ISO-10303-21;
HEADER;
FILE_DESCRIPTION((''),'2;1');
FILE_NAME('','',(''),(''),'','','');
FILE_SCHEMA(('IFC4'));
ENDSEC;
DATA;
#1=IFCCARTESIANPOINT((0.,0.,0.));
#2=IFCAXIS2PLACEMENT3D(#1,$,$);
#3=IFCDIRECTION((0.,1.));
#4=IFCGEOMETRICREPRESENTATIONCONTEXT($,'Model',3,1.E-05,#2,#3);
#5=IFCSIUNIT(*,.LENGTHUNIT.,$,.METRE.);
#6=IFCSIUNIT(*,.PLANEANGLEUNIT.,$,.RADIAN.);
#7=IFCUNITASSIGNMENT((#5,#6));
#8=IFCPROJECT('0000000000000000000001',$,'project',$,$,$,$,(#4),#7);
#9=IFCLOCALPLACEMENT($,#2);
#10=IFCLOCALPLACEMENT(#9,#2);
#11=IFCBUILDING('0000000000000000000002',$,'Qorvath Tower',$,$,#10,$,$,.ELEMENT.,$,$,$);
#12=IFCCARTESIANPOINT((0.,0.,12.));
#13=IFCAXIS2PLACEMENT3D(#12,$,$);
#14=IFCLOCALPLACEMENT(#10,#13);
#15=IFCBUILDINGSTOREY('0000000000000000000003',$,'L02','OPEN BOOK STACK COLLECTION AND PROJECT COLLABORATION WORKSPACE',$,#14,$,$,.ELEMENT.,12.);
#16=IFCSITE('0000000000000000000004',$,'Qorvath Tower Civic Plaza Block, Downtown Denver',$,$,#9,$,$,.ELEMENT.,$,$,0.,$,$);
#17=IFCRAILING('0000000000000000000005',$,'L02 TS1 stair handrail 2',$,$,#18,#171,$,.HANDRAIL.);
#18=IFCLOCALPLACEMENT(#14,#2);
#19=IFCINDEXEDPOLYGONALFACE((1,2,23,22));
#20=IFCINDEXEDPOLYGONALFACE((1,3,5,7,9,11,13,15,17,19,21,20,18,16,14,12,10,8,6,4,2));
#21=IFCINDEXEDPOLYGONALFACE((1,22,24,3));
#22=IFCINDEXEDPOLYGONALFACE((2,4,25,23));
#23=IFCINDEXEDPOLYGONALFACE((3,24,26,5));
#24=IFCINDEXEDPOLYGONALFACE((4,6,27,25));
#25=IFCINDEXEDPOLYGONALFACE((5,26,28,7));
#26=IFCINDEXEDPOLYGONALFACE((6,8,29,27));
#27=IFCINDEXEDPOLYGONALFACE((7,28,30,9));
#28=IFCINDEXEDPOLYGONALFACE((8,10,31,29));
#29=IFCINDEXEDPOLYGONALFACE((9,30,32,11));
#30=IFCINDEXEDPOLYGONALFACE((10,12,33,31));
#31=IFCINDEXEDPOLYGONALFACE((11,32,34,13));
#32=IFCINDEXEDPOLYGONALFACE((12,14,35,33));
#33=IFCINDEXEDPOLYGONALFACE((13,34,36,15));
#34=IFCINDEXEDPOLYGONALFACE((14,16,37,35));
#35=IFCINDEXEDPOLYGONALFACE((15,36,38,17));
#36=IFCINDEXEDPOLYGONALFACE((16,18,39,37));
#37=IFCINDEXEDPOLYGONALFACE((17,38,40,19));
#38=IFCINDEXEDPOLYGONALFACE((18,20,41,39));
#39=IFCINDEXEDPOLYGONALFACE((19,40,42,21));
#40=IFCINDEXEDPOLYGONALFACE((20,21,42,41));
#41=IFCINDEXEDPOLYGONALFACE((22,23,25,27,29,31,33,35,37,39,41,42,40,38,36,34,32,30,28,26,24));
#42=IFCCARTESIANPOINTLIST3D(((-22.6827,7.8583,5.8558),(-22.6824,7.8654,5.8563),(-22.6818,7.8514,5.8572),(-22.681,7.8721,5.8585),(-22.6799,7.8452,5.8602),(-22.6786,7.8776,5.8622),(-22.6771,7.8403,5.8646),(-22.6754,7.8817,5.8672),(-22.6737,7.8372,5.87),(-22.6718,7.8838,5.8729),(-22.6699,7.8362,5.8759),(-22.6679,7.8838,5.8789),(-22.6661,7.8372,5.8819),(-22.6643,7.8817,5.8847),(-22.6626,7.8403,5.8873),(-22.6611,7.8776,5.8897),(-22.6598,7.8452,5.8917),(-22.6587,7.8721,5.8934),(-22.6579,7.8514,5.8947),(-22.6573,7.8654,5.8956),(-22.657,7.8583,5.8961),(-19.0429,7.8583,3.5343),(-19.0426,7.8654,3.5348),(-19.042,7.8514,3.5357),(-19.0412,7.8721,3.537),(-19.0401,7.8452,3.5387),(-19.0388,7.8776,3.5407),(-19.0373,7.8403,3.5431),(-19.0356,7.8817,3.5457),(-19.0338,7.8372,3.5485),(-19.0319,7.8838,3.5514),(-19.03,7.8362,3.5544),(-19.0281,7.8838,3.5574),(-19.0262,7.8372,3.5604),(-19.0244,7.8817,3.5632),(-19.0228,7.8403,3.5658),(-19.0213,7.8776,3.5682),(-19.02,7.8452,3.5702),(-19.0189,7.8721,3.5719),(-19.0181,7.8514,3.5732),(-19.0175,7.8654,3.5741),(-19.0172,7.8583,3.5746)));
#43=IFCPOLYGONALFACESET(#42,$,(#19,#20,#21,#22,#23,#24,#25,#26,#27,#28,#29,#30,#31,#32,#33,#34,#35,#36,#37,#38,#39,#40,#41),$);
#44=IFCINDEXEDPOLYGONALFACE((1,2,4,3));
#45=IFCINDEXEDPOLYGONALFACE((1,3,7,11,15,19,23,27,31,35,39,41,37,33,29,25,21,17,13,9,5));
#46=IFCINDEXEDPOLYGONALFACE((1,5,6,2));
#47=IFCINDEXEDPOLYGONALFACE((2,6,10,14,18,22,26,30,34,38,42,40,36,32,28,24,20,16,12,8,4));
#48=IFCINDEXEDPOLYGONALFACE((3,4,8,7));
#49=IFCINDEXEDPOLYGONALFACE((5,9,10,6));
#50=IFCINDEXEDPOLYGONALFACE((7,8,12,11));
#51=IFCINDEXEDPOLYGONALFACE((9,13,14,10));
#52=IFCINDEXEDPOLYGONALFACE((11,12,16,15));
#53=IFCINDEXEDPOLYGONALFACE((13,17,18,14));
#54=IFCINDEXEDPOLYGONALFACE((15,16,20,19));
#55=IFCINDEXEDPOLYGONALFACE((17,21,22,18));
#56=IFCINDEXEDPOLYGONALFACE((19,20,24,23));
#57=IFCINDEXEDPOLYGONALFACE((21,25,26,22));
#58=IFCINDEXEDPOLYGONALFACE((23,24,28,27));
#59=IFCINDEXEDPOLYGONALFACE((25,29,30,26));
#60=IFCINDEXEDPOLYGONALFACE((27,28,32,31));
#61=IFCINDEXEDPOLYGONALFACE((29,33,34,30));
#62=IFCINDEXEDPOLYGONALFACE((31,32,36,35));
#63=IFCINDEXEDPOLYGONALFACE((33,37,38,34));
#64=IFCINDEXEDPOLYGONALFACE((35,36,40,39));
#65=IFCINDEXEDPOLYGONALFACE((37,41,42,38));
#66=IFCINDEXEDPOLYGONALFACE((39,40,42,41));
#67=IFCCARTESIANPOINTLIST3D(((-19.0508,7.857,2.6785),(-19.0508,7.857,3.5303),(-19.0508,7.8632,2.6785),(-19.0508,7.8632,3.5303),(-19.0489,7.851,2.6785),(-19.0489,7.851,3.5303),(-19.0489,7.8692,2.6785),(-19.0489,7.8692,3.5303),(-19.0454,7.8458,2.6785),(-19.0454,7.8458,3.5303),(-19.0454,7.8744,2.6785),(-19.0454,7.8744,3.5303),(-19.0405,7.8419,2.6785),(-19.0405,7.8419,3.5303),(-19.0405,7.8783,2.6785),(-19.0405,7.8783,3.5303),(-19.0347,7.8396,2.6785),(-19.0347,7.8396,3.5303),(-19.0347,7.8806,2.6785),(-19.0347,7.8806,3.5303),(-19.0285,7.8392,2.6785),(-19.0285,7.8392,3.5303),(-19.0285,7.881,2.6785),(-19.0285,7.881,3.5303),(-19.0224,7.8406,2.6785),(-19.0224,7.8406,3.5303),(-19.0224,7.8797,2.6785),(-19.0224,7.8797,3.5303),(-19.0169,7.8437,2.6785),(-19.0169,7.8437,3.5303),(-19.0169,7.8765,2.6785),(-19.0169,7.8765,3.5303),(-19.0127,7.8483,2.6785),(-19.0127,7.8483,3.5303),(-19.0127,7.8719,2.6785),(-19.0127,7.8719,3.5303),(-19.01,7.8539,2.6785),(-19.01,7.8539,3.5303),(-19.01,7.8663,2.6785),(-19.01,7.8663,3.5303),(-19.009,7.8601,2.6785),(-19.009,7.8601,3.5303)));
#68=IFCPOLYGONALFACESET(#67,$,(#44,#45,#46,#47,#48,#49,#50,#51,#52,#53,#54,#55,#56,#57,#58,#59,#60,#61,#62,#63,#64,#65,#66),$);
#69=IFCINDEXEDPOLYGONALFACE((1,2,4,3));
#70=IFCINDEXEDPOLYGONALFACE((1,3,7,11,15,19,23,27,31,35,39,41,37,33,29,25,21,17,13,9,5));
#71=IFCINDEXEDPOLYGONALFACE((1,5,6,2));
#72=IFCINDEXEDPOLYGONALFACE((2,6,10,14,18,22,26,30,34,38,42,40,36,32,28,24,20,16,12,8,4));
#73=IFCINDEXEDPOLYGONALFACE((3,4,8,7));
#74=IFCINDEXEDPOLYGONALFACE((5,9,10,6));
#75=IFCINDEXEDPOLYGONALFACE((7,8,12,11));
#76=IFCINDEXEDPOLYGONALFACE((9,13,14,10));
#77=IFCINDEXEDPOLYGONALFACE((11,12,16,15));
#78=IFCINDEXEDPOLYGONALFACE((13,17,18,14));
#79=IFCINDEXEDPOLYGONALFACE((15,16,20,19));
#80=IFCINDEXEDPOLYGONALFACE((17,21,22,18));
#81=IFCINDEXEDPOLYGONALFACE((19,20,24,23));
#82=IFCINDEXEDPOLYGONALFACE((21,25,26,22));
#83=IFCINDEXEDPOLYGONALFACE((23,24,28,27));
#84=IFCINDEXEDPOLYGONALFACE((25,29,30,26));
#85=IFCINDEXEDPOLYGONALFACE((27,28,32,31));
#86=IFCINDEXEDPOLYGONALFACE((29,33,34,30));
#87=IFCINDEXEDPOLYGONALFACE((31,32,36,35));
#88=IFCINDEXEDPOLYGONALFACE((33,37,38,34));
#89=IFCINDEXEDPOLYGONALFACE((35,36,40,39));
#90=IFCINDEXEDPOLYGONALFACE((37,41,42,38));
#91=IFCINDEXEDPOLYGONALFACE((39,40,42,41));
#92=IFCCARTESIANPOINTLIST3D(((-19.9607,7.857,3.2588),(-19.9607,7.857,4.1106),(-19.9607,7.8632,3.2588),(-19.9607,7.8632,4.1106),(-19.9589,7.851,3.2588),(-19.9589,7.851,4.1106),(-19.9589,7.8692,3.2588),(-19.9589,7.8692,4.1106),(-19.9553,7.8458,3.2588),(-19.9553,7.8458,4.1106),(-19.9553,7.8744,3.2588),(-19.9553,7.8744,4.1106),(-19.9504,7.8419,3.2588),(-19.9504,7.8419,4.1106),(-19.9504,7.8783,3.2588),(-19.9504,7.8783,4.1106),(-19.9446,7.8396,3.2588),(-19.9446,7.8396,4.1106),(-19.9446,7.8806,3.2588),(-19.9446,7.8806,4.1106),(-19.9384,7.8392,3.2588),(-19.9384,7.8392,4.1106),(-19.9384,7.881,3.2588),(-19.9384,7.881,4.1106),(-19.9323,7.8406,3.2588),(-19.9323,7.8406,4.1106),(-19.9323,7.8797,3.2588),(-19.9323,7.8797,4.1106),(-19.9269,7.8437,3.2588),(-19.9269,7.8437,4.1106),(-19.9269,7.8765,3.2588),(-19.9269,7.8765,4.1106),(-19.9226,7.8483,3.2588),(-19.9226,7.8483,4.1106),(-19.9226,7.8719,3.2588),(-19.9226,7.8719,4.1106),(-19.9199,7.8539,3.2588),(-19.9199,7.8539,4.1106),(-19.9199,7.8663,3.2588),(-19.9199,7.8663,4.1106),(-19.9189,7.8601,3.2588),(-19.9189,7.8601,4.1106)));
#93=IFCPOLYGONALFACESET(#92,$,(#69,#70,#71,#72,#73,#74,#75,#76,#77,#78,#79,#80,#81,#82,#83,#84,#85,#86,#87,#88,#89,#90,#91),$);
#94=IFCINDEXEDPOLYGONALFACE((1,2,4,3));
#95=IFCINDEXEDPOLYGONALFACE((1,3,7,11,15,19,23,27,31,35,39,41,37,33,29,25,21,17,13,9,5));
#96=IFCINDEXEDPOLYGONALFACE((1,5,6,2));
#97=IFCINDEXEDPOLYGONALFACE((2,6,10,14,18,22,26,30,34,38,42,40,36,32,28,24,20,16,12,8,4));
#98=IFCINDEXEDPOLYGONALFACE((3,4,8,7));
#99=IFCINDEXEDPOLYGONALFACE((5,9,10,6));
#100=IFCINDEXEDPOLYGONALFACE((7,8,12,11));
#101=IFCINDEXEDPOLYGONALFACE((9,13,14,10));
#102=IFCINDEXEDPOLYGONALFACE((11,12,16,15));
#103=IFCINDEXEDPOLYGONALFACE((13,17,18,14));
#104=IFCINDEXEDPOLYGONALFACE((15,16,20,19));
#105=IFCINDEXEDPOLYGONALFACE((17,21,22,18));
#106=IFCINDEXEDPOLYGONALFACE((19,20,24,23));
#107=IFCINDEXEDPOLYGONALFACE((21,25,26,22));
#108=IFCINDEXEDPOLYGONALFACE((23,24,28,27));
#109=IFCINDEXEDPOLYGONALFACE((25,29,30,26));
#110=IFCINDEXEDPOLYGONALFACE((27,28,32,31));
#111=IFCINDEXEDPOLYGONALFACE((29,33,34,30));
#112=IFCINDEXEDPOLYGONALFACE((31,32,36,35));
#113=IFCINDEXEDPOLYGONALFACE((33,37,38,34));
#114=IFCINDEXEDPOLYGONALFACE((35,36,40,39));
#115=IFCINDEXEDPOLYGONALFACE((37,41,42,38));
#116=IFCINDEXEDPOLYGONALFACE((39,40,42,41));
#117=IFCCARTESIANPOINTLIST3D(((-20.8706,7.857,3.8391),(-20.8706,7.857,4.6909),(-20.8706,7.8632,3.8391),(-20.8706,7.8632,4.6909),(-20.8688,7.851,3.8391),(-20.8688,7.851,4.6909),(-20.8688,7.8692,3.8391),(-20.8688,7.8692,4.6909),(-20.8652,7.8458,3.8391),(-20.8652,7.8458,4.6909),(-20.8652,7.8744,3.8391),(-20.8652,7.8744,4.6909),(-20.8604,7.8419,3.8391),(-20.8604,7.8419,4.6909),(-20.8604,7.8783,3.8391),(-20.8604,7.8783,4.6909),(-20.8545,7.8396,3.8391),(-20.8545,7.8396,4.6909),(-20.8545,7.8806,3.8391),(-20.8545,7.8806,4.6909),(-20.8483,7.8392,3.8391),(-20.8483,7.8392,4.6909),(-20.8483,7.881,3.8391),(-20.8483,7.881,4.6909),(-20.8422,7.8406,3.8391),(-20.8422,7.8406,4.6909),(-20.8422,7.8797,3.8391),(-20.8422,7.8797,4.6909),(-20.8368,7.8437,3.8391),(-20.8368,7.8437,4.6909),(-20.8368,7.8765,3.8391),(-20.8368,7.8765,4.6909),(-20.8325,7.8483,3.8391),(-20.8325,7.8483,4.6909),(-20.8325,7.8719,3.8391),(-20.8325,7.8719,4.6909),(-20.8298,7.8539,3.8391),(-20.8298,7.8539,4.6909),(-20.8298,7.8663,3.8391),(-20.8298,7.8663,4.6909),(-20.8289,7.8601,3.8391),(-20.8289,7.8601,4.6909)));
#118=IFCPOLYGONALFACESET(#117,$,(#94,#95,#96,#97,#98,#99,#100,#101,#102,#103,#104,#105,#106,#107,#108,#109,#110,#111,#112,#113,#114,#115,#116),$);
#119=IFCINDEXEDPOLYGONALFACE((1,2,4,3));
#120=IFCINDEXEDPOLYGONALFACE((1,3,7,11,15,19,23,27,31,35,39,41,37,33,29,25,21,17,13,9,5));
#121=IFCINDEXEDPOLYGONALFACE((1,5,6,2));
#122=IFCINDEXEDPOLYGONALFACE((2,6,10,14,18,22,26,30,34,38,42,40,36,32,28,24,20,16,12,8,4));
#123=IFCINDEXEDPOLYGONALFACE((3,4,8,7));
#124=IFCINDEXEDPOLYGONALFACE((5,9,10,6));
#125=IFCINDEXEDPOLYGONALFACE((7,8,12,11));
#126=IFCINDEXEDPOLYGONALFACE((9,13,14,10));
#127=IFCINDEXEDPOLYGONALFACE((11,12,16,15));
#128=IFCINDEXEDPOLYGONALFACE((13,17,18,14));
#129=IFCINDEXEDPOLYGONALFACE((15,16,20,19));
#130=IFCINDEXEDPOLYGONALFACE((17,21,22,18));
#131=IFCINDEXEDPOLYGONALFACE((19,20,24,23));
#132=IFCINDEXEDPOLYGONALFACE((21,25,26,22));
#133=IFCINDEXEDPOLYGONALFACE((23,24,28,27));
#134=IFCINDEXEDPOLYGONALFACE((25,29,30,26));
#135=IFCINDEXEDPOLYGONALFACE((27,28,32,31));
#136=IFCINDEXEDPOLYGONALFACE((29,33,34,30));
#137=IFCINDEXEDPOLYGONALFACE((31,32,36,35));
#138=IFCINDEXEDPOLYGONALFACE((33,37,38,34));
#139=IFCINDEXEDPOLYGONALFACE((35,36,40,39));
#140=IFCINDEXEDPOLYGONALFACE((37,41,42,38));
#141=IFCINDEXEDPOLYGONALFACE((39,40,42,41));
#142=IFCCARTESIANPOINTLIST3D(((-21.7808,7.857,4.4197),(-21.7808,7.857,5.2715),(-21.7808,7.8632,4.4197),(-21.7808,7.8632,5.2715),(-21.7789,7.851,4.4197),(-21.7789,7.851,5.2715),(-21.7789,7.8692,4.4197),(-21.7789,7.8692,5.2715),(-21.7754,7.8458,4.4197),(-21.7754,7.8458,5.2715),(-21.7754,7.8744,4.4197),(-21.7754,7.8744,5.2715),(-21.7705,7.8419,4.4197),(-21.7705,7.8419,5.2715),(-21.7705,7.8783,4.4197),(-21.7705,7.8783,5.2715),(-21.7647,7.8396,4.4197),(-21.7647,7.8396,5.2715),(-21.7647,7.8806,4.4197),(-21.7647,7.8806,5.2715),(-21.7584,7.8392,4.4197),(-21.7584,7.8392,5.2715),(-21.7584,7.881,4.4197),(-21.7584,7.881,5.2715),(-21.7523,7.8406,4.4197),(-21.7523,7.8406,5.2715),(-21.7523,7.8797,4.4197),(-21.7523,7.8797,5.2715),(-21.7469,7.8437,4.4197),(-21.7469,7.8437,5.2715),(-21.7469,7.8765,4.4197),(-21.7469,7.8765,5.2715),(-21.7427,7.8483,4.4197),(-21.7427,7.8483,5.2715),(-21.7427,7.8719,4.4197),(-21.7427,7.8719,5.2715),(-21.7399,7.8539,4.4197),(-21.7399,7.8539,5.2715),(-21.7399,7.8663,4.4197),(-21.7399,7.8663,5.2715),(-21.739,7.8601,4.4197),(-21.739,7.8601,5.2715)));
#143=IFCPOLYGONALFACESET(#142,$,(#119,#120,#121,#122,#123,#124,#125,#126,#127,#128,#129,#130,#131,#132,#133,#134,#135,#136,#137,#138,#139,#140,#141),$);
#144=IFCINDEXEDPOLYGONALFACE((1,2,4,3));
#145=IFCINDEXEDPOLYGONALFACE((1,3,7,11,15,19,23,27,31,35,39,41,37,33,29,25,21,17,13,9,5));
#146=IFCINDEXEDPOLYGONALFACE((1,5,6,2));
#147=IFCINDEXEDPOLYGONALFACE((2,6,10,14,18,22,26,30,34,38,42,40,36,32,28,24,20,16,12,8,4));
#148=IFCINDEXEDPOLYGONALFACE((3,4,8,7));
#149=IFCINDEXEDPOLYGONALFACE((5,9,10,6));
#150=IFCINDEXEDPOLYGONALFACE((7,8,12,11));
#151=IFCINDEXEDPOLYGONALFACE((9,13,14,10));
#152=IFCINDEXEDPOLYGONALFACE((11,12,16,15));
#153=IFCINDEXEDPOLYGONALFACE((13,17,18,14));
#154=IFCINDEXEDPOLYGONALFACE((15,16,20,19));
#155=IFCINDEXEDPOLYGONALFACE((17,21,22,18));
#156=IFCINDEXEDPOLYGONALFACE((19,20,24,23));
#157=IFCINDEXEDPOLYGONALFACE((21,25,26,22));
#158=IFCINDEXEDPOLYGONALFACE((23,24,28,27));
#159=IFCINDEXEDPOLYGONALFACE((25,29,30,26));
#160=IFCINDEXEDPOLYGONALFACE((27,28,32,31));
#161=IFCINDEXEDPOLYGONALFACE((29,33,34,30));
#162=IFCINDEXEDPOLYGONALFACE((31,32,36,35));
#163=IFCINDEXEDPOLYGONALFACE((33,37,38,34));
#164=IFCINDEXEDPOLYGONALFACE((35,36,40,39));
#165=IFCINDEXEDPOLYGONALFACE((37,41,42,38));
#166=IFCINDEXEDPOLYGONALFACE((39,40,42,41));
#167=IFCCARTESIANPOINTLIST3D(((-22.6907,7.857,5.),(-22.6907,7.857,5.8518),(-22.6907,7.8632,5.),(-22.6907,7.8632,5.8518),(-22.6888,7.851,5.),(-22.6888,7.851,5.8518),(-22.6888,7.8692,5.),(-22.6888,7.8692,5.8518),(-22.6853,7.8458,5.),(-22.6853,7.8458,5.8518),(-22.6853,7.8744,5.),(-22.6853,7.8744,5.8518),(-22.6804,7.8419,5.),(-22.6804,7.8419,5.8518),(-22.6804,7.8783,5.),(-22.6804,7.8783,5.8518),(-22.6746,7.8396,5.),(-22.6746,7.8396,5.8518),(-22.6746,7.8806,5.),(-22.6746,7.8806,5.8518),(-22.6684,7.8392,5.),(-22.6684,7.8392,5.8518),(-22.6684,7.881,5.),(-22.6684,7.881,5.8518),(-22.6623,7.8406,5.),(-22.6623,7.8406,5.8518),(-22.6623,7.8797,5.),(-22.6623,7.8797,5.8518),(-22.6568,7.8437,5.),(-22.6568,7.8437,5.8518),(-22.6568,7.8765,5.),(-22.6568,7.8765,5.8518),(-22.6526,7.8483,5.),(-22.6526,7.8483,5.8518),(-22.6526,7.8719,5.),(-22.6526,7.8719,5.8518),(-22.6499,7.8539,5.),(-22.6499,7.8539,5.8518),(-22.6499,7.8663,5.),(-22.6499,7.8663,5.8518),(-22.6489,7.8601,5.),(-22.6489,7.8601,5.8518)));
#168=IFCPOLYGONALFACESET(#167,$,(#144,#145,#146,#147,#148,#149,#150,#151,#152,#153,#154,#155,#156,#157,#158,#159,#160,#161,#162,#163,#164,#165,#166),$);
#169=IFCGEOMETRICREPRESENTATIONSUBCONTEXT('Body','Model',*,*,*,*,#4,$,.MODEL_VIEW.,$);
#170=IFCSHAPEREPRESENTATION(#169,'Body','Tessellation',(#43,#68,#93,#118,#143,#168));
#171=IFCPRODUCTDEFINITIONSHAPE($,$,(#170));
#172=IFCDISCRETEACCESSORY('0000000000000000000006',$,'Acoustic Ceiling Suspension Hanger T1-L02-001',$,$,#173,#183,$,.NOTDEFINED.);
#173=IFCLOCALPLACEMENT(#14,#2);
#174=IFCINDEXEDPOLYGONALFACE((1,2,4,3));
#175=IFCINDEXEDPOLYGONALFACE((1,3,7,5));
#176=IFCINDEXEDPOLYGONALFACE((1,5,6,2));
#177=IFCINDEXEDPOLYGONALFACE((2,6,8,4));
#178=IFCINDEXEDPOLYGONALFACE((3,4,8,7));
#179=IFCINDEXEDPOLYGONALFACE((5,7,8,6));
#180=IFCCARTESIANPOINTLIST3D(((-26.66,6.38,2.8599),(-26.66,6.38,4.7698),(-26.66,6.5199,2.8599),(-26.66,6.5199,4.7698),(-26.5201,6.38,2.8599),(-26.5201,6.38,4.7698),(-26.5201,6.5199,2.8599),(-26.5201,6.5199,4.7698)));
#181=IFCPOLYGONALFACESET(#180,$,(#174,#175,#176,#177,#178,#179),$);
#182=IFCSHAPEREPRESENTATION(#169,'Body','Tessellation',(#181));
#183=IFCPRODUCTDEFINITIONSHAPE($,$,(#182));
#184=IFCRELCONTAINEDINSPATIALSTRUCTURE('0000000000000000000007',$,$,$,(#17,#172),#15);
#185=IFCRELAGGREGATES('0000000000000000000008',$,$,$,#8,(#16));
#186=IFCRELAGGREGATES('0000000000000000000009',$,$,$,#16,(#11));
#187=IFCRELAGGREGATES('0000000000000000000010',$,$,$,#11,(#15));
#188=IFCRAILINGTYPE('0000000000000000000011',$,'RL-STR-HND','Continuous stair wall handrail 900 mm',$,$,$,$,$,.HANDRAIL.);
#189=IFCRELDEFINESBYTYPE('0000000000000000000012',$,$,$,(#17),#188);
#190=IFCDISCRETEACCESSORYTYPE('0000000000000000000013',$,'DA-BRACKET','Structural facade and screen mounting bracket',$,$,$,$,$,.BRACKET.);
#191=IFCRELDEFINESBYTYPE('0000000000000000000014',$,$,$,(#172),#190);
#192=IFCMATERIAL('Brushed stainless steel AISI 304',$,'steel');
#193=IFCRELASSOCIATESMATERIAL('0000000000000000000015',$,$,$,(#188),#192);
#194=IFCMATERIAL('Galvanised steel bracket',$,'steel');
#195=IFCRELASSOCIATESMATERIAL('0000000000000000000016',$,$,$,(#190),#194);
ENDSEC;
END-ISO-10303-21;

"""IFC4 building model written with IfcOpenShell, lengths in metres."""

from ifc_helpers import new_model, si_unit, direction, frame, origin, origin_2d, place, context, subcontext, project, spatial, rectangle, circle, extrude, material, type_object, element, save


model = new_model("IFC4")

# Units and contexts
model_context = context("Model", 3, precision=1e-05, world=origin(), true_north=direction((0.0, 1.0)))
body_context = subcontext(model_context, "Body", "Model", "MODEL_VIEW")
ifc_project = project(units=[si_unit("LENGTHUNIT", "METRE"), si_unit("PLANEANGLEUNIT", "RADIAN")], contexts=[model_context])

# Site, building, storey
site_placement = place(None, origin())
site = spatial("IfcSite", under=ifc_project, at=site_placement, Name="Qorvath Tower Civic Plaza Block, Downtown Denver", CompositionType="ELEMENT", RefElevation=0.0)
building_placement = place(site_placement, origin())
building = spatial("IfcBuilding", under=site, at=building_placement, Name="Qorvath Tower", CompositionType="ELEMENT")
storey_placement = place(building_placement, frame((0.0, 0.0, 12.0)))
storey = spatial("IfcBuildingStorey", under=building, at=storey_placement, Name="L02", Description="OPEN BOOK STACK COLLECTION AND PROJECT COLLABORATION WORKSPACE", CompositionType="ELEMENT", Elevation=12.0)

# Railing
ifc_material_1 = material(Name="Brushed stainless steel AISI 304", Category="steel")
railing_type_1 = type_object("IfcRailingType", Name="RL-STR-HND", Description="Continuous stair wall handrail 900 mm", PredefinedType="HANDRAIL", material=ifc_material_1)
railing_1_placement = place(storey_placement, frame((-19.03, 7.8601, 2.6785)))
element("IfcRailing", 1, at=railing_1_placement, inside=storey, type_object=railing_type_1, Name="L02 TS1 stair handrail 2", PredefinedType="HANDRAIL", context=body_context, shape_type="SweptSolid", body=[
    extrude(circle(Radius=0.0239, at=origin_2d()), frame((0.0, 0.0, 0.876), z_axis=(-0.843112, 0.0, 0.537739), x_axis=(0.0, -1.0, 0.0)), (0.0, 0.0, 1.0), 4.3171),
    extrude(circle(Radius=0.021, at=origin_2d()), origin(), (0.0, 0.0, 1.0), 0.8518),
    extrude(circle(Radius=0.021, at=origin_2d()), frame((-0.9099, 0.0, 0.5803)), (0.0, 0.0, 1.0), 0.8518),
    extrude(circle(Radius=0.021, at=origin_2d()), frame((-1.8198, 0.0, 1.1606)), (0.0, 0.0, 1.0), 0.8518),
    extrude(circle(Radius=0.021, at=origin_2d()), frame((-2.73, 0.0, 1.7412)), (0.0, 0.0, 1.0), 0.8518),
    extrude(circle(Radius=0.021, at=origin_2d()), frame((-3.6399, 0.0, 2.3215)), (0.0, 0.0, 1.0), 0.8518),
])

# Discrete accessory
ifc_material_2 = material(Name="Galvanised steel bracket", Category="steel")
discrete_accessory_type = type_object("IfcDiscreteAccessoryType", Name="DA-BRACKET", Description="Structural facade and screen mounting bracket", PredefinedType="BRACKET", material=ifc_material_2)
discrete_accessory_placement = place(storey_placement, frame((-26.5901, 6.45, 2.8599), z_axis=(0.0, 0.0, 1.0), x_axis=(1.0, 0.0, 0.0)))
element("IfcDiscreteAccessory", 2, at=discrete_accessory_placement, inside=storey, type_object=discrete_accessory_type, Name="Acoustic Ceiling Suspension Hanger T1-L02-001", PredefinedType="NOTDEFINED", context=body_context, shape_type="SweptSolid", body=[
    extrude(rectangle(XDim=0.1399, YDim=0.1399, at=origin_2d()), origin(), (0.0, 0.0, 1.0), 1.9099),
])

save(model, "model.ifc")
